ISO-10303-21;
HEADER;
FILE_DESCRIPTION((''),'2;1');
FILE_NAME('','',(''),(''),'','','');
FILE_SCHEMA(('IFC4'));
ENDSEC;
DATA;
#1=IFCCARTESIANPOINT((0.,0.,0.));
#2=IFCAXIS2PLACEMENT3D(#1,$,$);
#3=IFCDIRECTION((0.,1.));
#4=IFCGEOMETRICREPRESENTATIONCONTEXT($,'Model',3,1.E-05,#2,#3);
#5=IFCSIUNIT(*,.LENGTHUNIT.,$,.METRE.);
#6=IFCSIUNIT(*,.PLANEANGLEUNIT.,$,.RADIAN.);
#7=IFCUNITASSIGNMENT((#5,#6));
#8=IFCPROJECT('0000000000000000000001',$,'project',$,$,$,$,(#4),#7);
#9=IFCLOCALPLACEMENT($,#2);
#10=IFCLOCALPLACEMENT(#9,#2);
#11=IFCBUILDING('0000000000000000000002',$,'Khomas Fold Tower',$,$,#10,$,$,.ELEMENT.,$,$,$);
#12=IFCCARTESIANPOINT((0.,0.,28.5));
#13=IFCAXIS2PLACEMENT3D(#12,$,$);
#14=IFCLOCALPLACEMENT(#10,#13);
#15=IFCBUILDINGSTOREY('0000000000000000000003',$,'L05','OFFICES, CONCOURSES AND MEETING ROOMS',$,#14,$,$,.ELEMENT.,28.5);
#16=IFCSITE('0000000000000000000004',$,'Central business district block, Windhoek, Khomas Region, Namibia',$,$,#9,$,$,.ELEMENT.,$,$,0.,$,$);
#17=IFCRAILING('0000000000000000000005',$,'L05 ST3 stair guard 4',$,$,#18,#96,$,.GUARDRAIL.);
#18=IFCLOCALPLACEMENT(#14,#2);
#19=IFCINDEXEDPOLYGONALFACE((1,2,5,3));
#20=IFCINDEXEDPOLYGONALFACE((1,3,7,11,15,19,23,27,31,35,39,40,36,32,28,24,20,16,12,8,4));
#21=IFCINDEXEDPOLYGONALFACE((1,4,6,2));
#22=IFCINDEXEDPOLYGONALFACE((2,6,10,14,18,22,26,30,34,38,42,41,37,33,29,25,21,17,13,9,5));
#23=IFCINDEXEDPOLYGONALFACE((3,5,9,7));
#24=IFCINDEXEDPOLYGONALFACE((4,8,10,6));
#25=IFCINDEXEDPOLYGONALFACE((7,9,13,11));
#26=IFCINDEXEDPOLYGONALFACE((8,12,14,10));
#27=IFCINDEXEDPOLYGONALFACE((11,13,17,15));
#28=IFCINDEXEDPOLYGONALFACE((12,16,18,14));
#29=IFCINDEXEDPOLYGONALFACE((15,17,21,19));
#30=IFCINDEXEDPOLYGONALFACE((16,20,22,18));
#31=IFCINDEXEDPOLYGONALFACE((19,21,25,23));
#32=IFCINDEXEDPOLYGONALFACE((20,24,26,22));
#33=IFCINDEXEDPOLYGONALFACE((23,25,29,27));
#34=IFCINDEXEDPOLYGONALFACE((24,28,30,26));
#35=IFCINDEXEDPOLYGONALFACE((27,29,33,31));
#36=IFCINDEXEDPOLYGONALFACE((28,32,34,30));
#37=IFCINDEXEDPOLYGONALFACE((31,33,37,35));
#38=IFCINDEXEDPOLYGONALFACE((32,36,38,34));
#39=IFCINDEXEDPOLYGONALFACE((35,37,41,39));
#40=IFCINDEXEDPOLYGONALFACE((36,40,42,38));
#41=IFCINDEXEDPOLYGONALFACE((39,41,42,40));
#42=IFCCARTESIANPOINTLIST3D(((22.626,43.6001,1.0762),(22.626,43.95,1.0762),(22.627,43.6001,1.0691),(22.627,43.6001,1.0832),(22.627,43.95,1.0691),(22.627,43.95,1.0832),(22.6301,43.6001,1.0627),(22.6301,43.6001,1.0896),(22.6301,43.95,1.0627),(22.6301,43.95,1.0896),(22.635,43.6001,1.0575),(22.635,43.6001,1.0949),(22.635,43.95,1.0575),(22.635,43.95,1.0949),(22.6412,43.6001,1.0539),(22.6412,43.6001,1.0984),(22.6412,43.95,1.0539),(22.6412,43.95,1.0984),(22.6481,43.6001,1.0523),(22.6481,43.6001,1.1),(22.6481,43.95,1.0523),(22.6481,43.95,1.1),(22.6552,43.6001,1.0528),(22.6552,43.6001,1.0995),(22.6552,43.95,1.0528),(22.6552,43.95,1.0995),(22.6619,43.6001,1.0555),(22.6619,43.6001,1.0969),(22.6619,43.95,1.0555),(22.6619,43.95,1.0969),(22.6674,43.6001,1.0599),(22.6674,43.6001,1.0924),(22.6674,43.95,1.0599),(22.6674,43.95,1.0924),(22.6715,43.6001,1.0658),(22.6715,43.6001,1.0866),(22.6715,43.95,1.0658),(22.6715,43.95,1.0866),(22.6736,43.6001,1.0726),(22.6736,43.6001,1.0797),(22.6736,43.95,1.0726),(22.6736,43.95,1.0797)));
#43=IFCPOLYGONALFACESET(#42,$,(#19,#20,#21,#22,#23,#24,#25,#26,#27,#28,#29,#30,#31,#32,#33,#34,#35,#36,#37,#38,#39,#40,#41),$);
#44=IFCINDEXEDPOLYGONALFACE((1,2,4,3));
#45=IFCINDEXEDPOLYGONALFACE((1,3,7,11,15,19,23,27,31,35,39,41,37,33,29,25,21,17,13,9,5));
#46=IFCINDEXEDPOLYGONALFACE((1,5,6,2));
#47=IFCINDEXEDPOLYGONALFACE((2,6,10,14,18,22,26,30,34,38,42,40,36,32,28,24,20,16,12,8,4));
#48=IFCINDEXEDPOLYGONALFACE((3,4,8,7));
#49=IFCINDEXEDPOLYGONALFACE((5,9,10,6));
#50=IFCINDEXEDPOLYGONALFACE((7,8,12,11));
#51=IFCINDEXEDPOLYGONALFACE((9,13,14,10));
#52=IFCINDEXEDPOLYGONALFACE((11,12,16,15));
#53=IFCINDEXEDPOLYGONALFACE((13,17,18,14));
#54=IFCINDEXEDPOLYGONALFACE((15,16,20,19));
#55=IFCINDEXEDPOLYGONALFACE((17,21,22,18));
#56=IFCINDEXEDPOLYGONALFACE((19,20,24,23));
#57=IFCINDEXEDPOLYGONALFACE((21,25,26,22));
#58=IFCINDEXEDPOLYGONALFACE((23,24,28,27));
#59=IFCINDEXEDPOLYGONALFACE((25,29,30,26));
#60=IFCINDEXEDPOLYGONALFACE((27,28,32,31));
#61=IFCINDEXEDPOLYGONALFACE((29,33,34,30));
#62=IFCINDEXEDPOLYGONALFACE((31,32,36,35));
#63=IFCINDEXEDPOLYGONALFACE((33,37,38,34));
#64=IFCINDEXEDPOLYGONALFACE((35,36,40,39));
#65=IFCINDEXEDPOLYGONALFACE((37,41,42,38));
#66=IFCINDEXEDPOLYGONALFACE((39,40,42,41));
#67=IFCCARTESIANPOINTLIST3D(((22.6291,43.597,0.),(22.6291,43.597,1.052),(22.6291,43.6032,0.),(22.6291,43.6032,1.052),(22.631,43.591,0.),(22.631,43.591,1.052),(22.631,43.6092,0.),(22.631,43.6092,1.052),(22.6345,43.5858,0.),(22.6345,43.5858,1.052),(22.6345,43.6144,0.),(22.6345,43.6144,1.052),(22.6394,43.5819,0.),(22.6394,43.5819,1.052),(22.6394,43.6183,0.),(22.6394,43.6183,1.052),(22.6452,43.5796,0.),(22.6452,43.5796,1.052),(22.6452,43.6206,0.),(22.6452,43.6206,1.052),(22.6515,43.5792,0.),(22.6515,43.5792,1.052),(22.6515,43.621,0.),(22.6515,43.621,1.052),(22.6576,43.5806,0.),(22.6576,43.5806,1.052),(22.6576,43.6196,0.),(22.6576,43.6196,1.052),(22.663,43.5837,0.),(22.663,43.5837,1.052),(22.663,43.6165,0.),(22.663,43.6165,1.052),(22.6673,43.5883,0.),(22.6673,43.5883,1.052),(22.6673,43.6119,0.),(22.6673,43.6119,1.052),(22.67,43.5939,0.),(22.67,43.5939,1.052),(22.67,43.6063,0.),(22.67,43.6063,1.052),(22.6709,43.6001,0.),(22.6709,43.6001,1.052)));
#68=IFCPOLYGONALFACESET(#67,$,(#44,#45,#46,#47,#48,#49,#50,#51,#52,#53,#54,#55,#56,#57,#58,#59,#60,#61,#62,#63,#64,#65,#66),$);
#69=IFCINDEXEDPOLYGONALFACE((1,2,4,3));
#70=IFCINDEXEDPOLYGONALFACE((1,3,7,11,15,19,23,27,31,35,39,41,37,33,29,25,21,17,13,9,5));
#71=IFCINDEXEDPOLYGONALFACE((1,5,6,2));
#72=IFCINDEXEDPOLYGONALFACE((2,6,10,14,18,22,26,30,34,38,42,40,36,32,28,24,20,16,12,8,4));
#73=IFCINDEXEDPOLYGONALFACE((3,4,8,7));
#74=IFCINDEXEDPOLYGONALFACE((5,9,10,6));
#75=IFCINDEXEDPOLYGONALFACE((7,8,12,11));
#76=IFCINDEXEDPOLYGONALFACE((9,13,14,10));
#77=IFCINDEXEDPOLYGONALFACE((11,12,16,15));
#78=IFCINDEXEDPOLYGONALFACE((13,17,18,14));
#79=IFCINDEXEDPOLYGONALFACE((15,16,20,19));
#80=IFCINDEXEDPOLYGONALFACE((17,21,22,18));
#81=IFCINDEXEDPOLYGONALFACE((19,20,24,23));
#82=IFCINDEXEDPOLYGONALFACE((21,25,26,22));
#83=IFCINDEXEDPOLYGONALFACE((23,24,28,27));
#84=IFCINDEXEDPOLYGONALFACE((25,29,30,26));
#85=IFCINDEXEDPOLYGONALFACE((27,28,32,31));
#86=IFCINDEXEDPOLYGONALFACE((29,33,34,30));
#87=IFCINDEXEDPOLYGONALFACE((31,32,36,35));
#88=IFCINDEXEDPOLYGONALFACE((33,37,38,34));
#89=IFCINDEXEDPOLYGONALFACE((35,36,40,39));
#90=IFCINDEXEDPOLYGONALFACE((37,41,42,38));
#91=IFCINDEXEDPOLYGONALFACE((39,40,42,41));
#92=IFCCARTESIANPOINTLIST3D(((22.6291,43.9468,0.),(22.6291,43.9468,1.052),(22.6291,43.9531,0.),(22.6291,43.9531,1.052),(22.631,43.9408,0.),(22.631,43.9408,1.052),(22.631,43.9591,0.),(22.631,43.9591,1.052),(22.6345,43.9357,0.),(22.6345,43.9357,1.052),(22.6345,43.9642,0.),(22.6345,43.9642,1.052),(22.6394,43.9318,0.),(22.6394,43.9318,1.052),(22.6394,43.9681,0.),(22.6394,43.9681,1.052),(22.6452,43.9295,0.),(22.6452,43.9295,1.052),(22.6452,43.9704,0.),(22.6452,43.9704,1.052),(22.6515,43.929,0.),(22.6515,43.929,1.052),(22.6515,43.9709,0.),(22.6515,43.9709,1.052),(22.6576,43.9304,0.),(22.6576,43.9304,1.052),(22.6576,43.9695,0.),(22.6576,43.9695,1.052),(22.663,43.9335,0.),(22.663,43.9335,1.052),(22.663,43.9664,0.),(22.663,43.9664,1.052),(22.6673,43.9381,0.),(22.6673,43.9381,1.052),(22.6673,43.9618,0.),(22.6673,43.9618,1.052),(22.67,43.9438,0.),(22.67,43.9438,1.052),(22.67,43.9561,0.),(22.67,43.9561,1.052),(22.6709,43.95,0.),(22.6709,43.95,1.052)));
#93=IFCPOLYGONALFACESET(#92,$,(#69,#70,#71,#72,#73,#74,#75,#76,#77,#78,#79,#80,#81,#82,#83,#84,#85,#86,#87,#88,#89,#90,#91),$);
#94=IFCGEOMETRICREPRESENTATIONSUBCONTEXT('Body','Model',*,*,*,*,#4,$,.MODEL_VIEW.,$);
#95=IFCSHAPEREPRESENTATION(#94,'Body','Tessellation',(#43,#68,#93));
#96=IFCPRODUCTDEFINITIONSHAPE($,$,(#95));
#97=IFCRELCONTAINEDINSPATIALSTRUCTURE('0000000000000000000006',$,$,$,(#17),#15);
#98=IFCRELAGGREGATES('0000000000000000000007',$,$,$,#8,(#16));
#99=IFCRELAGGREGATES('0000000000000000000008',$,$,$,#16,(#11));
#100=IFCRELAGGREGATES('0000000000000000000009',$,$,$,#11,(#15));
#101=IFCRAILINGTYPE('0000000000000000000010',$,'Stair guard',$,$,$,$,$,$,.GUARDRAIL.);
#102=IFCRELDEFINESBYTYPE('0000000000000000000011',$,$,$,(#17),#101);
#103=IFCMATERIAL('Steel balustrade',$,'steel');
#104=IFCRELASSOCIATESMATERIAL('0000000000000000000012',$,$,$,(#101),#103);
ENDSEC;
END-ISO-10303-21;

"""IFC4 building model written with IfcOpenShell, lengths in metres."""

from ifc_helpers import new_model, si_unit, direction, frame, origin, origin_2d, place, context, subcontext, project, spatial, circle, extrude, source, transform, mapped, material, type_object, element, save


model = new_model("IFC4")

# Units and contexts
model_context = context("Model", 3, precision=1e-05, world=origin(), true_north=direction((0.0, 1.0)))
body_context = subcontext(model_context, "Body", "Model", "MODEL_VIEW")
ifc_project = project(units=[si_unit("LENGTHUNIT", "METRE"), si_unit("PLANEANGLEUNIT", "RADIAN")], contexts=[model_context])

# Site, building, storey
site_placement = place(None, origin())
site = spatial("IfcSite", under=ifc_project, at=site_placement, Name="Central business district block, Windhoek, Khomas Region, Namibia", CompositionType="ELEMENT", RefElevation=0.0)
building_placement = place(site_placement, origin())
building = spatial("IfcBuilding", under=site, at=building_placement, Name="Khomas Fold Tower", CompositionType="ELEMENT")
storey_placement = place(building_placement, frame((0.0, 0.0, 28.5)))
storey = spatial("IfcBuildingStorey", under=building, at=storey_placement, Name="L05", Description="OFFICES, CONCOURSES AND MEETING ROOMS", CompositionType="ELEMENT", Elevation=28.5)

# Railing
ifc_material_1 = material(Name="Steel balustrade", Category="steel")
railing_type_1 = type_object("IfcRailingType", Name="Stair guard", PredefinedType="GUARDRAIL", material=ifc_material_1)
shared_shape_1 = source(origin(), body_context, "Body", "SweptSolid", [
    extrude(circle(Radius=0.0239, at=origin_2d()), frame((0.0, 0.0, 1.0762), z_axis=(0.0, 1.0, 0.0), x_axis=(-1.0, 0.0, 0.0)), (0.0, 0.0, 1.0), 0.3499),
    extrude(circle(Radius=0.021, at=origin_2d()), origin(), (0.0, 0.0, 1.0), 1.052),
    extrude(circle(Radius=0.021, at=origin_2d()), frame((0.0, 0.3499, 0.0)), (0.0, 0.0, 1.0), 1.052),
])
for number, where, name in (
    (1, (22.6499, 43.6001, 0.0), "L05 ST3 stair guard 4"),
):
    element("IfcRailing", number, at=place(storey_placement, frame(where)), inside=storey, type_object=railing_type_1, Name=name, PredefinedType="GUARDRAIL", context=body_context, shape_type="MappedRepresentation", body=[
        mapped(shared_shape_1, transform((0.0, 0.0, 0.0))),
    ])

save(model, "model.ifc")
